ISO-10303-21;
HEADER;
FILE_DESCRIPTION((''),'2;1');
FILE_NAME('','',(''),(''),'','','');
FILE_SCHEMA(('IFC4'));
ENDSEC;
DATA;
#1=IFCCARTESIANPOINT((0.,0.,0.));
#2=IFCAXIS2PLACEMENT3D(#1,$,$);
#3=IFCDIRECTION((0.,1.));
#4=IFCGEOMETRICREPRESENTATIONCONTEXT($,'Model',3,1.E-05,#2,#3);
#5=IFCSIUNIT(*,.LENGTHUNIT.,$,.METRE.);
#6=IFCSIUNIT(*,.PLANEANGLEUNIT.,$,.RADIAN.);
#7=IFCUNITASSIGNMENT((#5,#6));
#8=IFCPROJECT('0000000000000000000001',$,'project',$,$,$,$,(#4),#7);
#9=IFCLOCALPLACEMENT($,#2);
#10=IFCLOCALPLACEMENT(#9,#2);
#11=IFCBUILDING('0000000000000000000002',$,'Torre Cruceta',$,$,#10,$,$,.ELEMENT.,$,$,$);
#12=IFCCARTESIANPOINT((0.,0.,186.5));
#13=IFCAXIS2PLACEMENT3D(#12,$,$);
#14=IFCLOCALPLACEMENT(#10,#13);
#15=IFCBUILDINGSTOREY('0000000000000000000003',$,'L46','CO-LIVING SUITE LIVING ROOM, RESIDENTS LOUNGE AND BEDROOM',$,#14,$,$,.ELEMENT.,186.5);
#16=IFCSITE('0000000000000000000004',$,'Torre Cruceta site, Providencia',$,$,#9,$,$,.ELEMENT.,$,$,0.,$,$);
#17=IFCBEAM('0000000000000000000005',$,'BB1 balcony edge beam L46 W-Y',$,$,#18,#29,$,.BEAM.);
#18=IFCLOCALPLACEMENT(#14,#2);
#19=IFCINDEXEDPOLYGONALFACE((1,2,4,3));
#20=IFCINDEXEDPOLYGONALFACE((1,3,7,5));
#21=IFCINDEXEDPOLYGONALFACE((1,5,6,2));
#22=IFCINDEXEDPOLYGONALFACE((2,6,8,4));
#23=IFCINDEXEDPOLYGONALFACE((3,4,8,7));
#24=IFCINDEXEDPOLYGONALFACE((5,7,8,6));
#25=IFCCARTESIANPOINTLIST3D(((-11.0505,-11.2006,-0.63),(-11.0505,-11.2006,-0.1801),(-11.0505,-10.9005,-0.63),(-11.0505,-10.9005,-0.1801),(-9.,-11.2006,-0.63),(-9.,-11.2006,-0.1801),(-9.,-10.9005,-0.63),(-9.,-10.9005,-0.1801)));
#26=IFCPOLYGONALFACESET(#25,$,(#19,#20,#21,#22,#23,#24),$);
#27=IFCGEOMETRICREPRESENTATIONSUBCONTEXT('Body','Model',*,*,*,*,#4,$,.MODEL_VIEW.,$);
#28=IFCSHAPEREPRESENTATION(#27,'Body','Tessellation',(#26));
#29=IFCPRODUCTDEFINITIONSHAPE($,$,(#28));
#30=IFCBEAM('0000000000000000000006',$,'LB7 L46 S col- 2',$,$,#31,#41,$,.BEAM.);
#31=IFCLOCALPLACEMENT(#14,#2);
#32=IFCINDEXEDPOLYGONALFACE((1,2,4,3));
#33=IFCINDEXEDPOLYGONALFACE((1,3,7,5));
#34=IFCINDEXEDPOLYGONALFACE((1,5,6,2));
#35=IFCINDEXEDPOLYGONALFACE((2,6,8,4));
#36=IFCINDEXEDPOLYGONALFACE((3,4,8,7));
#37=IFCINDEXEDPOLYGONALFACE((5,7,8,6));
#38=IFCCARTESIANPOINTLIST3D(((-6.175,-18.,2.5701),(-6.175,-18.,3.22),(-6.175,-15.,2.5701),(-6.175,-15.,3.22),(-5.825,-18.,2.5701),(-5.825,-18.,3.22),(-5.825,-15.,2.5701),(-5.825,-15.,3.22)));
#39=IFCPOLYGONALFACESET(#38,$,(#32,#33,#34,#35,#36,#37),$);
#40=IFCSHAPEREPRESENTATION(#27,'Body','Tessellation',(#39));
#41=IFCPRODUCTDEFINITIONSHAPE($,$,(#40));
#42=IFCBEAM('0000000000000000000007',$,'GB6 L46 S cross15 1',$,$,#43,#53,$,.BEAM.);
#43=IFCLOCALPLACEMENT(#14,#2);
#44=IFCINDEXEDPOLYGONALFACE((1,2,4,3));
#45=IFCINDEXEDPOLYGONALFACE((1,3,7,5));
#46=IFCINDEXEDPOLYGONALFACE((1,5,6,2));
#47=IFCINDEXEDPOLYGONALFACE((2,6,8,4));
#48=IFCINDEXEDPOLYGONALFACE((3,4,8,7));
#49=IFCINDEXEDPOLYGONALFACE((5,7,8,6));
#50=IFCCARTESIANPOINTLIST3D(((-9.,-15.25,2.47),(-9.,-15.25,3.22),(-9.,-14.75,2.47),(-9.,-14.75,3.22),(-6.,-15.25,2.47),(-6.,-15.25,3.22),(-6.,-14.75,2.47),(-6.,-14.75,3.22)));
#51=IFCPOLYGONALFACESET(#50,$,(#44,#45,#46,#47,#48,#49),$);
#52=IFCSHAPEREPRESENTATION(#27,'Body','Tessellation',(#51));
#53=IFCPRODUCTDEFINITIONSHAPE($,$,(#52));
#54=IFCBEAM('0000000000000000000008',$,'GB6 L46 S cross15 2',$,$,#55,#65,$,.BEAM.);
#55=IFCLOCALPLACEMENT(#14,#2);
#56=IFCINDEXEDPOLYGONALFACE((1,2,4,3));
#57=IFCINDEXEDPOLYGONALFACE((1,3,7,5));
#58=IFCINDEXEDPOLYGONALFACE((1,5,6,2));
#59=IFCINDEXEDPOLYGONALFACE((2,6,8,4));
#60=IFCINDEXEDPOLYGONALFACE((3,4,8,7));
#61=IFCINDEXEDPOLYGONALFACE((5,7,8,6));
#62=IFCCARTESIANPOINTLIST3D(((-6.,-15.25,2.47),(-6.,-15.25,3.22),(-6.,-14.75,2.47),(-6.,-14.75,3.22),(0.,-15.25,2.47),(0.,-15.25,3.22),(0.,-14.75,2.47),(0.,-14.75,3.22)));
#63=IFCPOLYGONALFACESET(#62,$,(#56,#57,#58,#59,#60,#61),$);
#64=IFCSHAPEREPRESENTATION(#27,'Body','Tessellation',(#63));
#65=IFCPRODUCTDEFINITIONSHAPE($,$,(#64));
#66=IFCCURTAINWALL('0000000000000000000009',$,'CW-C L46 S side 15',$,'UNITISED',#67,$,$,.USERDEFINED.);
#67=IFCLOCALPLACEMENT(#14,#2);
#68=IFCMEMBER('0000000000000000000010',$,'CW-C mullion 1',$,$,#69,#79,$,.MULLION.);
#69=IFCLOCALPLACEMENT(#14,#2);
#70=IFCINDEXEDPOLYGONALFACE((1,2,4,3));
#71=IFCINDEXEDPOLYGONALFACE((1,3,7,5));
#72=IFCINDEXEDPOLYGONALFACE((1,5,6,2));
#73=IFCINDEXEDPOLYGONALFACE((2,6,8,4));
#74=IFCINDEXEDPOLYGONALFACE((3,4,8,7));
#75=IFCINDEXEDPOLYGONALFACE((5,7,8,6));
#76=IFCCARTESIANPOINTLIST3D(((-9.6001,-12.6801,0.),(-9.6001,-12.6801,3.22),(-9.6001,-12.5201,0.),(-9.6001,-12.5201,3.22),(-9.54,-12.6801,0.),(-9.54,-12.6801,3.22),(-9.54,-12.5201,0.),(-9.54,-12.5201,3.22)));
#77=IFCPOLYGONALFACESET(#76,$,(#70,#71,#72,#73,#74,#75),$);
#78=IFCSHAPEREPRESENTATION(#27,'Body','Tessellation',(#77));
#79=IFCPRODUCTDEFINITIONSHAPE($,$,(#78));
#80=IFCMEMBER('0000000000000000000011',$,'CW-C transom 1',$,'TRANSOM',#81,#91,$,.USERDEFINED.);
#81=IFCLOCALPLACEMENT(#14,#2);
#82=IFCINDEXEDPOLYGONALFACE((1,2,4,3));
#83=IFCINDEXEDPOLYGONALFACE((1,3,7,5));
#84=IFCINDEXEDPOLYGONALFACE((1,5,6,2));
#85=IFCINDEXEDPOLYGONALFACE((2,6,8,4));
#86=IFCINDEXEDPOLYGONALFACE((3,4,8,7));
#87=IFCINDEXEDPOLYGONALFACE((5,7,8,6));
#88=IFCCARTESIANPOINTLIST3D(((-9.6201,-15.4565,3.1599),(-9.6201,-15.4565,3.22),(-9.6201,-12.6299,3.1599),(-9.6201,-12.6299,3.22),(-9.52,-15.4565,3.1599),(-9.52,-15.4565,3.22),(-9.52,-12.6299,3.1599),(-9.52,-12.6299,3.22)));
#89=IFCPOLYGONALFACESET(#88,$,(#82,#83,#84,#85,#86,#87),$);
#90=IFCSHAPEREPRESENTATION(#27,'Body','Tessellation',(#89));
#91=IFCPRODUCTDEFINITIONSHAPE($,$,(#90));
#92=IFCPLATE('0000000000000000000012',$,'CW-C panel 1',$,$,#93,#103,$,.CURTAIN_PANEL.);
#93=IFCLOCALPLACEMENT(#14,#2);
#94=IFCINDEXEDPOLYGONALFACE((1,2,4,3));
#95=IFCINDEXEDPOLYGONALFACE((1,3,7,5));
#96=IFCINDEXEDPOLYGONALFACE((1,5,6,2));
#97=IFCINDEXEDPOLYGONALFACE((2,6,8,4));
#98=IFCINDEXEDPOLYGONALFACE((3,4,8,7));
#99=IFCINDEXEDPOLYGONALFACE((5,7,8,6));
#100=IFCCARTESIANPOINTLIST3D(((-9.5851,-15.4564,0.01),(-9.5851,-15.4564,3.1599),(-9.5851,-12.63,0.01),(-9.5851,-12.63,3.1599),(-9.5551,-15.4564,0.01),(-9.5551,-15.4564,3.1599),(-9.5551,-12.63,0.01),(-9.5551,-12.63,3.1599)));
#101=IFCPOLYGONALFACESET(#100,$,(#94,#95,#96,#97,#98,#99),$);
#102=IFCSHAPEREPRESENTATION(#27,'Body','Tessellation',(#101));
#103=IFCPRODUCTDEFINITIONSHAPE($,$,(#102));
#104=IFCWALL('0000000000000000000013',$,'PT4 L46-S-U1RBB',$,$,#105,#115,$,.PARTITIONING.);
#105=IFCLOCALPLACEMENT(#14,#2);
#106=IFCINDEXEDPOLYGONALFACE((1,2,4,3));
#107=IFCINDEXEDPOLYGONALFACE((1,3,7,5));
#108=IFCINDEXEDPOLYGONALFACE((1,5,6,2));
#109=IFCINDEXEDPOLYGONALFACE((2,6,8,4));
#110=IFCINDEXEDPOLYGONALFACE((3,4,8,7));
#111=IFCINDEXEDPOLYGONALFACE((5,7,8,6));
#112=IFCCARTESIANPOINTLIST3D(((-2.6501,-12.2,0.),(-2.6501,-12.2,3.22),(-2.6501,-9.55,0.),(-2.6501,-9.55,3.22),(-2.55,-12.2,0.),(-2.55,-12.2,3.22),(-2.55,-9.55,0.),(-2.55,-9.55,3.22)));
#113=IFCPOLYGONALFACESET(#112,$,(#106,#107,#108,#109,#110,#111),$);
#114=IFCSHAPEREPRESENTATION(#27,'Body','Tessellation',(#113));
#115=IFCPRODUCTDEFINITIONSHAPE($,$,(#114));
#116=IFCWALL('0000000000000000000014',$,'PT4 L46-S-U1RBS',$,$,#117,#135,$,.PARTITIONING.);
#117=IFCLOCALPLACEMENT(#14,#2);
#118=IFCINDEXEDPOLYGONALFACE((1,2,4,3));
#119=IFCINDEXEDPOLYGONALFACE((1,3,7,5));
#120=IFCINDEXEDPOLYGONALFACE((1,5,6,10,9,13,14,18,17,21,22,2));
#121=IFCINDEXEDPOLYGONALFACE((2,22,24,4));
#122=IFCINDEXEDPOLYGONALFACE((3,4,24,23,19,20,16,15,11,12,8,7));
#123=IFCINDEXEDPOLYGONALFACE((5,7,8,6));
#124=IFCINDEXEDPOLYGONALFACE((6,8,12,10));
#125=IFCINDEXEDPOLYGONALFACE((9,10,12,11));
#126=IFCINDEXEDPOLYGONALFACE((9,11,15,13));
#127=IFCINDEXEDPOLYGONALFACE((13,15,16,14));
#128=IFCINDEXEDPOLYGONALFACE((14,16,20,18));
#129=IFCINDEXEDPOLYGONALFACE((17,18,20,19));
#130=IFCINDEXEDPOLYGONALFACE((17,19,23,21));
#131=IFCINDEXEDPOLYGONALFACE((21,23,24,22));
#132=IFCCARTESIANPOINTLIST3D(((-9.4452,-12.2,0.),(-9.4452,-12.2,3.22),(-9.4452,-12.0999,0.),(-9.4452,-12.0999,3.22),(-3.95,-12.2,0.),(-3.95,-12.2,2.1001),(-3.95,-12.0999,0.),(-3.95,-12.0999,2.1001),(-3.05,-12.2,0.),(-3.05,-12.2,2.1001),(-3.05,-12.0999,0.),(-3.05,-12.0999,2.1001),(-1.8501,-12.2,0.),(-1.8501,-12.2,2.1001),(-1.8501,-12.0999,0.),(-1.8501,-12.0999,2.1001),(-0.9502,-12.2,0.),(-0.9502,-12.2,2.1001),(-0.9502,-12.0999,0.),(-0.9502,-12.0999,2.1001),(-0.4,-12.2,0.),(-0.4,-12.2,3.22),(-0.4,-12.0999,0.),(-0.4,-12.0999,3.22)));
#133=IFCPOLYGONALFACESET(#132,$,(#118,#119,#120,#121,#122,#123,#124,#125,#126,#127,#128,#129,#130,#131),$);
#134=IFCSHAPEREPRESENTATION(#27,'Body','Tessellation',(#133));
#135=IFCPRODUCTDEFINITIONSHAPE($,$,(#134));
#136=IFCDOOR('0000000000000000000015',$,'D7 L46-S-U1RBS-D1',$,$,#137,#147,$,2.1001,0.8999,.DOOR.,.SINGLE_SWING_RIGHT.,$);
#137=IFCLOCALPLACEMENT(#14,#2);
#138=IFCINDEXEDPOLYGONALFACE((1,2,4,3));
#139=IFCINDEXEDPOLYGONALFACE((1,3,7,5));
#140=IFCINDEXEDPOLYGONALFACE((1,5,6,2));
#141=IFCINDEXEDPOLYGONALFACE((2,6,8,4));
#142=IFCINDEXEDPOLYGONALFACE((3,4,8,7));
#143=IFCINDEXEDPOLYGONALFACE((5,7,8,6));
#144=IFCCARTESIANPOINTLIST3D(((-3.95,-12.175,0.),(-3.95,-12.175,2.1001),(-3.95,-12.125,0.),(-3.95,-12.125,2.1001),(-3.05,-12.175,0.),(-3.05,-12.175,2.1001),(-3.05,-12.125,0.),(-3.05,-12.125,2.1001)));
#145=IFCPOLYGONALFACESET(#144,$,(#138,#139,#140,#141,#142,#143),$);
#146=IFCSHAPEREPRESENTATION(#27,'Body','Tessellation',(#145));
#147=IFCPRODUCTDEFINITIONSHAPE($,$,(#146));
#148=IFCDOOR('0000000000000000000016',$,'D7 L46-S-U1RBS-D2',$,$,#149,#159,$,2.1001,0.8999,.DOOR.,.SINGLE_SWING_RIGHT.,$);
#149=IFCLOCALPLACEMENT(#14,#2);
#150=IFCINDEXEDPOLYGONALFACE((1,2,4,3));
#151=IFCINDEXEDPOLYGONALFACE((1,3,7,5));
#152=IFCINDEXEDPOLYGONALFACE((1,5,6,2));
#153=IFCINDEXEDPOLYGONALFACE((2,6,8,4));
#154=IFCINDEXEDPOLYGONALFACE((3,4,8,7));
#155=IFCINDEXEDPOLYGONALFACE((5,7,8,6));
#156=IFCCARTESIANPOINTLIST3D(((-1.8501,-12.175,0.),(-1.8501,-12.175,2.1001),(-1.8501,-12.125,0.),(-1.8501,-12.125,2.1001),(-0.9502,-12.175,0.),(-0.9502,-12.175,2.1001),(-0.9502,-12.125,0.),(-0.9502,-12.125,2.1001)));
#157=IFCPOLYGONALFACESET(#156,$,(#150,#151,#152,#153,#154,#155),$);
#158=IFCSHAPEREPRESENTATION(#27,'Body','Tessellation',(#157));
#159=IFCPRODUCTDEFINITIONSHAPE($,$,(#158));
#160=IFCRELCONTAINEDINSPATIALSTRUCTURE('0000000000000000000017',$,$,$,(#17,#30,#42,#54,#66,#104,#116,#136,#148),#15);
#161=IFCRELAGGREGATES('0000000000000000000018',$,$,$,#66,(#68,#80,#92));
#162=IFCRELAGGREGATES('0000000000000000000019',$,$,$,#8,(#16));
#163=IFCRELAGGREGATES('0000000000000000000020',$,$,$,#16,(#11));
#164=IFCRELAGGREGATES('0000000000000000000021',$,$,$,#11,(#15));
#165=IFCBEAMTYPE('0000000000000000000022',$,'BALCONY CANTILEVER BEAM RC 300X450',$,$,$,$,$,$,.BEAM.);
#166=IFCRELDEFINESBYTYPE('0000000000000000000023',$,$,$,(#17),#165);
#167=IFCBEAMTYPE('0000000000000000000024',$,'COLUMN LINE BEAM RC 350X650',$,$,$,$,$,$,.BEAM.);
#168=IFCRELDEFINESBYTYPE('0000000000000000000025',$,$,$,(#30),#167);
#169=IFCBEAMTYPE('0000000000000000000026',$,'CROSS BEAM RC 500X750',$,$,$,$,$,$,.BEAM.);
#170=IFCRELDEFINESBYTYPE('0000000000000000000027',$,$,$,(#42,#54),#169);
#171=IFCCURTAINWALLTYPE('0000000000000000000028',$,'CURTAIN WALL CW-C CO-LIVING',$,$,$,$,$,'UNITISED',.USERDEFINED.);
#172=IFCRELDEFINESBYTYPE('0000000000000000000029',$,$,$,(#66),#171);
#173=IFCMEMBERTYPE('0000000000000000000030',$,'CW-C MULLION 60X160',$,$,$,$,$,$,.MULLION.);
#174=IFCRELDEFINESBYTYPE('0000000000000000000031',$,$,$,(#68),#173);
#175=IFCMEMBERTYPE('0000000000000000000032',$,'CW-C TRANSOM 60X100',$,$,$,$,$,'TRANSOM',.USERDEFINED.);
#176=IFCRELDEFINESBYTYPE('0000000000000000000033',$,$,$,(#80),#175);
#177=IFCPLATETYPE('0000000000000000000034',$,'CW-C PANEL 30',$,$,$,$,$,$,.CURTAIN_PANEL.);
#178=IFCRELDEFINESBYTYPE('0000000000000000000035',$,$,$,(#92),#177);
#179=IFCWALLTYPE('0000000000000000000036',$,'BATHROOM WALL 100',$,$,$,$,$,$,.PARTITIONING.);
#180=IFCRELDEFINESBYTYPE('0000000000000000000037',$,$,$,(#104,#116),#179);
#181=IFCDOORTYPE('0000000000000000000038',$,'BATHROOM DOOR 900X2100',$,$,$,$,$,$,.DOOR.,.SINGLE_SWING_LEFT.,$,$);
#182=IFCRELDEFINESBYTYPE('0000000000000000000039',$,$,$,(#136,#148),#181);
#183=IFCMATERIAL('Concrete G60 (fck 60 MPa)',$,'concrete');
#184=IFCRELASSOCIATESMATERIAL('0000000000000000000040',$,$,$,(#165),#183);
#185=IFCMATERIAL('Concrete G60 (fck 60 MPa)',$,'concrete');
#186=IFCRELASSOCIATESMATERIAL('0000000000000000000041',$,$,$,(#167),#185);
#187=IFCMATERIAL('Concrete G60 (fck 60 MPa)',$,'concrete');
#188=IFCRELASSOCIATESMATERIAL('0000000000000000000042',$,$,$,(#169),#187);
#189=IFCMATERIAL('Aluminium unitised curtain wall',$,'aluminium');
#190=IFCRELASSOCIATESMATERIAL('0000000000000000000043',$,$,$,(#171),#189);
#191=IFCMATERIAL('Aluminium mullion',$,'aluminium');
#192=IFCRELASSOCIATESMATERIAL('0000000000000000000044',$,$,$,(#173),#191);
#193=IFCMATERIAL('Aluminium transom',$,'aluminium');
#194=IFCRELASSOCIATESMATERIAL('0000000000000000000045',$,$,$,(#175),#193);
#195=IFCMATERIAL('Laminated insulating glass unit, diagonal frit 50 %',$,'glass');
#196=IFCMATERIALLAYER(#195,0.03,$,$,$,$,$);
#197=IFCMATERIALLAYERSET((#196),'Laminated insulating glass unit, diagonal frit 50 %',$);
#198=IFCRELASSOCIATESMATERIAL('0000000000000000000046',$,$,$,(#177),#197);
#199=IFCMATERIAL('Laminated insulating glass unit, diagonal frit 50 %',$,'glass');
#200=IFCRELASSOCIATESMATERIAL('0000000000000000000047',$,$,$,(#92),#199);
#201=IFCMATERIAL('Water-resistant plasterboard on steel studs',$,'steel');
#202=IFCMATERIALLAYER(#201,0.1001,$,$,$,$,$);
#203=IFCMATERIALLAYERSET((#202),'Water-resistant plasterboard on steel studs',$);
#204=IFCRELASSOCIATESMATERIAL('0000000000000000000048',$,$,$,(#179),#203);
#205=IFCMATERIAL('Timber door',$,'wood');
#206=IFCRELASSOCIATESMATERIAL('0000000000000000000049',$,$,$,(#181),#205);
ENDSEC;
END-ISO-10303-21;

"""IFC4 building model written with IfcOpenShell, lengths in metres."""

from ifc_helpers import new_model, si_unit, direction, frame, frame_2d, origin, origin_2d, place, context, subcontext, project, spatial, rectangle, extrude, material, layer, layer_set, material_profile, profile_set, type_object, element, fill, aggregate, save


model = new_model("IFC4")

# Units and contexts
model_context = context("Model", 3, precision=1e-05, world=origin(), true_north=direction((0.0, 1.0)))
body_context = subcontext(model_context, "Body", "Model", "MODEL_VIEW")
ifc_project = project(units=[si_unit("LENGTHUNIT", "METRE"), si_unit("PLANEANGLEUNIT", "RADIAN")], contexts=[model_context])

# Site, building, storey
site_placement = place(None, origin())
site = spatial("IfcSite", under=ifc_project, at=site_placement, Name="Torre Cruceta site, Providencia", CompositionType="ELEMENT", RefElevation=0.0)
building_placement = place(site_placement, origin())
building = spatial("IfcBuilding", under=site, at=building_placement, Name="Torre Cruceta", CompositionType="ELEMENT")
storey_placement = place(building_placement, frame((0.0, 0.0, 186.5)))
storey = spatial("IfcBuildingStorey", under=building, at=storey_placement, Name="L46", Description="CO-LIVING SUITE LIVING ROOM, RESIDENTS LOUNGE AND BEDROOM", CompositionType="ELEMENT", Elevation=186.5)

# Beams
ifc_material_1 = material(Name="Concrete G60 (fck 60 MPa)", Category="concrete")
ifc_material_profile_1 = material_profile(ifc_material_1, rectangle(XDim=0.3, YDim=0.45, at=origin_2d()), Name="RC 300X450")
ifc_profile_set_1 = profile_set([ifc_material_profile_1], Name="Concrete G60 (fck 60 MPa)")
beam_type_1 = type_object("IfcBeamType", Name="BALCONY CANTILEVER BEAM RC 300X450", PredefinedType="BEAM", material=ifc_profile_set_1)
beam_1_placement = place(storey_placement, frame((-9.0, -11.0505, -0.405), z_axis=(-1.0, 0.0, 0.0), x_axis=(0.0, -1.0, 0.0)))
element("IfcBeam", 1, at=beam_1_placement, inside=storey, type_object=beam_type_1, Name="BB1 balcony edge beam L46 W-Y", PredefinedType="BEAM", context=body_context, shape_type="SweptSolid", body=[
    extrude(rectangle(XDim=0.3, YDim=0.45, at=origin_2d()), origin(), (0.0, 0.0, 1.0), 2.0505),
])
ifc_material_2 = material(Name="Concrete G60 (fck 60 MPa)", Category="concrete")
ifc_material_profile_2 = material_profile(ifc_material_2, rectangle(XDim=0.3501, YDim=0.6499, at=origin_2d()), Name="RC 350X650")
ifc_profile_set_2 = profile_set([ifc_material_profile_2], Name="Concrete G60 (fck 60 MPa)")
beam_type_2 = type_object("IfcBeamType", Name="COLUMN LINE BEAM RC 350X650", PredefinedType="BEAM", material=ifc_profile_set_2)
beam_2_placement = place(storey_placement, frame((-6.0, -15.0, 2.895), z_axis=(0.0, -1.0, 0.0), x_axis=(1.0, 0.0, 0.0)))
element("IfcBeam", 2, at=beam_2_placement, inside=storey, type_object=beam_type_2, Name="LB7 L46 S col- 2", PredefinedType="BEAM", context=body_context, shape_type="SweptSolid", body=[
    extrude(rectangle(XDim=0.3501, YDim=0.6499, at=origin_2d()), origin(), (0.0, 0.0, 1.0), 3.0),
])
ifc_material_3 = material(Name="Concrete G60 (fck 60 MPa)", Category="concrete")
ifc_material_profile_3 = material_profile(ifc_material_3, rectangle(XDim=0.5, YDim=0.75, at=origin_2d()), Name="RC 500X750")
ifc_profile_set_3 = profile_set([ifc_material_profile_3], Name="Concrete G60 (fck 60 MPa)")
beam_type_3 = type_object("IfcBeamType", Name="CROSS BEAM RC 500X750", PredefinedType="BEAM", material=ifc_profile_set_3)
beam_3_placement = place(storey_placement, frame((-9.0, -15.0, 2.845), z_axis=(1.0, 0.0, 0.0), x_axis=(0.0, 1.0, 0.0)))
element("IfcBeam", 3, at=beam_3_placement, inside=storey, type_object=beam_type_3, Name="GB6 L46 S cross15 1", PredefinedType="BEAM", context=body_context, shape_type="SweptSolid", body=[
    extrude(rectangle(XDim=0.5, YDim=0.75, at=origin_2d()), origin(), (0.0, 0.0, 1.0), 3.0),
])
beam_4_placement = place(storey_placement, frame((-6.0, -15.0, 2.845), z_axis=(1.0, 0.0, 0.0), x_axis=(0.0, 1.0, 0.0)))
element("IfcBeam", 4, at=beam_4_placement, inside=storey, type_object=beam_type_3, Name="GB6 L46 S cross15 2", PredefinedType="BEAM", context=body_context, shape_type="SweptSolid", body=[
    extrude(rectangle(XDim=0.5, YDim=0.75, at=origin_2d()), origin(), (0.0, 0.0, 1.0), 6.0),
])

# Curtain wall, members, plate
ifc_material_4 = material(Name="Aluminium unitised curtain wall", Category="aluminium")
curtain_wall_type = type_object("IfcCurtainWallType", Name="CURTAIN WALL CW-C CO-LIVING", ElementType="UNITISED", PredefinedType="USERDEFINED", material=ifc_material_4)
curtain_wall_placement = place(storey_placement, origin())
curtain_wall = element("IfcCurtainWall", 5, at=curtain_wall_placement, inside=storey, type_object=curtain_wall_type, Name="CW-C L46 S side 15", ObjectType="UNITISED", PredefinedType="USERDEFINED")
ifc_material_5 = material(Name="Aluminium mullion", Category="aluminium")
ifc_material_profile_4 = material_profile(ifc_material_5, rectangle(XDim=0.0601, YDim=0.1599, at=origin_2d()), Name="AL 60X160")
ifc_profile_set_4 = profile_set([ifc_material_profile_4], Name="Aluminium mullion")
member_type_1 = type_object("IfcMemberType", Name="CW-C MULLION 60X160", PredefinedType="MULLION", material=ifc_profile_set_4)
member_1_placement = place(storey_placement, frame((-9.5701, -12.6001, 0.0), z_axis=(0.0, 0.0, 1.0), x_axis=(1.0, 0.0, 0.0)))
member_1 = element("IfcMember", 6, at=member_1_placement, type_object=member_type_1, Name="CW-C mullion 1", PredefinedType="MULLION", context=body_context, shape_type="SweptSolid", body=[
    extrude(rectangle(XDim=0.0601, YDim=0.1599, at=origin_2d()), origin(), (0.0, 0.0, 1.0), 3.22),
])
ifc_material_6 = material(Name="Aluminium transom", Category="aluminium")
ifc_material_profile_5 = material_profile(ifc_material_6, rectangle(XDim=0.1001, YDim=0.0601, at=origin_2d()), Name="AL 100X60")
ifc_profile_set_5 = profile_set([ifc_material_profile_5], Name="Aluminium transom")
member_type_2 = type_object("IfcMemberType", Name="CW-C TRANSOM 60X100", ElementType="TRANSOM", PredefinedType="USERDEFINED", material=ifc_profile_set_5)
member_2_placement = place(storey_placement, frame((-9.5701, -12.6299, 3.1899), z_axis=(0.0, -1.0, 0.0), x_axis=(1.0, 0.0, 0.0)))
member_2 = element("IfcMember", 7, at=member_2_placement, type_object=member_type_2, Name="CW-C transom 1", ObjectType="TRANSOM", PredefinedType="USERDEFINED", context=body_context, shape_type="SweptSolid", body=[
    extrude(rectangle(XDim=0.1001, YDim=0.0601, at=origin_2d()), origin(), (0.0, 0.0, 1.0), 2.8267),
])
ifc_material_7 = material(Name="Laminated insulating glass unit, diagonal frit 50 %", Category="glass")
ifc_material_8 = material(Name="Laminated insulating glass unit, diagonal frit 50 %", Category="glass")
ifc_layer_1 = layer(ifc_material_8, 0.03)
ifc_layer_set_1 = layer_set([ifc_layer_1], Name="Laminated insulating glass unit, diagonal frit 50 %")
plate_type = type_object("IfcPlateType", Name="CW-C PANEL 30", PredefinedType="CURTAIN_PANEL", material=ifc_layer_set_1)
plate_placement = place(storey_placement, frame((-9.5701, -14.0432, 0.01), z_axis=(0.0, 0.0, 1.0), x_axis=(0.0, -1.0, 0.0)))
plate = element("IfcPlate", 8, at=plate_placement, type_object=plate_type, material=ifc_material_7, Name="CW-C panel 1", PredefinedType="CURTAIN_PANEL", context=body_context, shape_type="SweptSolid", body=[
    extrude(rectangle(XDim=2.8264, YDim=0.03, at=origin_2d()), origin(), (0.0, 0.0, 1.0), 3.1499),
])
aggregate(curtain_wall, [member_1, member_2, plate])

# Wall
ifc_material_9 = material(Name="Water-resistant plasterboard on steel studs", Category="steel")
ifc_layer_2 = layer(ifc_material_9, 0.1001)
ifc_layer_set_2 = layer_set([ifc_layer_2], Name="Water-resistant plasterboard on steel studs")
wall_type_1 = type_object("IfcWallType", Name="BATHROOM WALL 100", PredefinedType="PARTITIONING", material=ifc_layer_set_2)
wall_1_placement = place(storey_placement, frame((-2.6001, -9.55, 0.0), z_axis=(0.0, 0.0, 1.0), x_axis=(0.0, -1.0, 0.0)))
element("IfcWall", 9, at=wall_1_placement, inside=storey, type_object=wall_type_1, Name="PT4 L46-S-U1RBB", PredefinedType="PARTITIONING", context=body_context, shape_type="SweptSolid", body=[
    extrude(rectangle(XDim=2.6499, YDim=0.1001, at=frame_2d((1.325, 0.0))), origin(), (0.0, 0.0, 1.0), 3.22),
])

# Wall, openings, doors
wall_2_placement = place(storey_placement, frame((-9.4451, -12.1499, 0.0), z_axis=(0.0, 0.0, 1.0), x_axis=(1.0, 0.0, 0.0)))
wall_2 = element("IfcWall", 10, at=wall_2_placement, inside=storey, type_object=wall_type_1, Name="PT4 L46-S-U1RBS", PredefinedType="PARTITIONING", context=body_context, shape_type="SweptSolid", body=[
    extrude(rectangle(XDim=9.0452, YDim=0.1001, at=frame_2d((4.5225, 0.0))), origin(), (0.0, 0.0, 1.0), 3.22),
])
opening_1_placement = place(wall_2_placement, frame((5.4951, 0.0, 0.0)))
opening_1 = element("IfcOpeningElement", 11, at=opening_1_placement, cuts=wall_2, PredefinedType="OPENING", context=body_context, shape_type="SweptSolid", body=[
    extrude(rectangle(XDim=0.8999, YDim=2.1001, at=frame_2d((0.45, 1.05))), frame((0.0, 0.0601, 0.0), z_axis=(0.0, -1.0, 0.0), x_axis=(1.0, 0.0, 0.0)), (0.0, 0.0, 1.0), 0.1201),
])
opening_2_placement = place(wall_2_placement, frame((7.595, 0.0, 0.0)))
opening_2 = element("IfcOpeningElement", 12, at=opening_2_placement, cuts=wall_2, PredefinedType="OPENING", context=body_context, shape_type="SweptSolid", body=[
    extrude(rectangle(XDim=0.8999, YDim=2.1001, at=frame_2d((0.45, 1.05))), frame((0.0, 0.0601, 0.0), z_axis=(0.0, -1.0, 0.0), x_axis=(1.0, 0.0, 0.0)), (0.0, 0.0, 1.0), 0.1201),
])
ifc_material_10 = material(Name="Timber door", Category="wood")
door_type = type_object("IfcDoorType", Name="BATHROOM DOOR 900X2100", OperationType="SINGLE_SWING_LEFT", PredefinedType="DOOR", material=ifc_material_10)
door_1_placement = place(opening_1_placement, origin())
door_1 = element("IfcDoor", 13, at=door_1_placement, inside=storey, type_object=door_type, Name="D7 L46-S-U1RBS-D1", OperationType="SINGLE_SWING_RIGHT", OverallHeight=2.1001, OverallWidth=0.8999, PredefinedType="DOOR", context=body_context, shape_type="SweptSolid", body=[
    extrude(rectangle(XDim=0.8999, YDim=2.1001, at=frame_2d((0.45, 1.05))), frame((0.0, 0.0249, 0.0), z_axis=(0.0, -1.0, 0.0), x_axis=(1.0, 0.0, 0.0)), (0.0, 0.0, 1.0), 0.05),
])
fill(opening_1, door_1)
door_2_placement = place(opening_2_placement, origin())
door_2 = element("IfcDoor", 14, at=door_2_placement, inside=storey, type_object=door_type, Name="D7 L46-S-U1RBS-D2", OperationType="SINGLE_SWING_RIGHT", OverallHeight=2.1001, OverallWidth=0.8999, PredefinedType="DOOR", context=body_context, shape_type="SweptSolid", body=[
    extrude(rectangle(XDim=0.8999, YDim=2.1001, at=frame_2d((0.45, 1.05))), frame((0.0, 0.0249, 0.0), z_axis=(0.0, -1.0, 0.0), x_axis=(1.0, 0.0, 0.0)), (0.0, 0.0, 1.0), 0.05),
])
fill(opening_2, door_2)

save(model, "model.ifc")
